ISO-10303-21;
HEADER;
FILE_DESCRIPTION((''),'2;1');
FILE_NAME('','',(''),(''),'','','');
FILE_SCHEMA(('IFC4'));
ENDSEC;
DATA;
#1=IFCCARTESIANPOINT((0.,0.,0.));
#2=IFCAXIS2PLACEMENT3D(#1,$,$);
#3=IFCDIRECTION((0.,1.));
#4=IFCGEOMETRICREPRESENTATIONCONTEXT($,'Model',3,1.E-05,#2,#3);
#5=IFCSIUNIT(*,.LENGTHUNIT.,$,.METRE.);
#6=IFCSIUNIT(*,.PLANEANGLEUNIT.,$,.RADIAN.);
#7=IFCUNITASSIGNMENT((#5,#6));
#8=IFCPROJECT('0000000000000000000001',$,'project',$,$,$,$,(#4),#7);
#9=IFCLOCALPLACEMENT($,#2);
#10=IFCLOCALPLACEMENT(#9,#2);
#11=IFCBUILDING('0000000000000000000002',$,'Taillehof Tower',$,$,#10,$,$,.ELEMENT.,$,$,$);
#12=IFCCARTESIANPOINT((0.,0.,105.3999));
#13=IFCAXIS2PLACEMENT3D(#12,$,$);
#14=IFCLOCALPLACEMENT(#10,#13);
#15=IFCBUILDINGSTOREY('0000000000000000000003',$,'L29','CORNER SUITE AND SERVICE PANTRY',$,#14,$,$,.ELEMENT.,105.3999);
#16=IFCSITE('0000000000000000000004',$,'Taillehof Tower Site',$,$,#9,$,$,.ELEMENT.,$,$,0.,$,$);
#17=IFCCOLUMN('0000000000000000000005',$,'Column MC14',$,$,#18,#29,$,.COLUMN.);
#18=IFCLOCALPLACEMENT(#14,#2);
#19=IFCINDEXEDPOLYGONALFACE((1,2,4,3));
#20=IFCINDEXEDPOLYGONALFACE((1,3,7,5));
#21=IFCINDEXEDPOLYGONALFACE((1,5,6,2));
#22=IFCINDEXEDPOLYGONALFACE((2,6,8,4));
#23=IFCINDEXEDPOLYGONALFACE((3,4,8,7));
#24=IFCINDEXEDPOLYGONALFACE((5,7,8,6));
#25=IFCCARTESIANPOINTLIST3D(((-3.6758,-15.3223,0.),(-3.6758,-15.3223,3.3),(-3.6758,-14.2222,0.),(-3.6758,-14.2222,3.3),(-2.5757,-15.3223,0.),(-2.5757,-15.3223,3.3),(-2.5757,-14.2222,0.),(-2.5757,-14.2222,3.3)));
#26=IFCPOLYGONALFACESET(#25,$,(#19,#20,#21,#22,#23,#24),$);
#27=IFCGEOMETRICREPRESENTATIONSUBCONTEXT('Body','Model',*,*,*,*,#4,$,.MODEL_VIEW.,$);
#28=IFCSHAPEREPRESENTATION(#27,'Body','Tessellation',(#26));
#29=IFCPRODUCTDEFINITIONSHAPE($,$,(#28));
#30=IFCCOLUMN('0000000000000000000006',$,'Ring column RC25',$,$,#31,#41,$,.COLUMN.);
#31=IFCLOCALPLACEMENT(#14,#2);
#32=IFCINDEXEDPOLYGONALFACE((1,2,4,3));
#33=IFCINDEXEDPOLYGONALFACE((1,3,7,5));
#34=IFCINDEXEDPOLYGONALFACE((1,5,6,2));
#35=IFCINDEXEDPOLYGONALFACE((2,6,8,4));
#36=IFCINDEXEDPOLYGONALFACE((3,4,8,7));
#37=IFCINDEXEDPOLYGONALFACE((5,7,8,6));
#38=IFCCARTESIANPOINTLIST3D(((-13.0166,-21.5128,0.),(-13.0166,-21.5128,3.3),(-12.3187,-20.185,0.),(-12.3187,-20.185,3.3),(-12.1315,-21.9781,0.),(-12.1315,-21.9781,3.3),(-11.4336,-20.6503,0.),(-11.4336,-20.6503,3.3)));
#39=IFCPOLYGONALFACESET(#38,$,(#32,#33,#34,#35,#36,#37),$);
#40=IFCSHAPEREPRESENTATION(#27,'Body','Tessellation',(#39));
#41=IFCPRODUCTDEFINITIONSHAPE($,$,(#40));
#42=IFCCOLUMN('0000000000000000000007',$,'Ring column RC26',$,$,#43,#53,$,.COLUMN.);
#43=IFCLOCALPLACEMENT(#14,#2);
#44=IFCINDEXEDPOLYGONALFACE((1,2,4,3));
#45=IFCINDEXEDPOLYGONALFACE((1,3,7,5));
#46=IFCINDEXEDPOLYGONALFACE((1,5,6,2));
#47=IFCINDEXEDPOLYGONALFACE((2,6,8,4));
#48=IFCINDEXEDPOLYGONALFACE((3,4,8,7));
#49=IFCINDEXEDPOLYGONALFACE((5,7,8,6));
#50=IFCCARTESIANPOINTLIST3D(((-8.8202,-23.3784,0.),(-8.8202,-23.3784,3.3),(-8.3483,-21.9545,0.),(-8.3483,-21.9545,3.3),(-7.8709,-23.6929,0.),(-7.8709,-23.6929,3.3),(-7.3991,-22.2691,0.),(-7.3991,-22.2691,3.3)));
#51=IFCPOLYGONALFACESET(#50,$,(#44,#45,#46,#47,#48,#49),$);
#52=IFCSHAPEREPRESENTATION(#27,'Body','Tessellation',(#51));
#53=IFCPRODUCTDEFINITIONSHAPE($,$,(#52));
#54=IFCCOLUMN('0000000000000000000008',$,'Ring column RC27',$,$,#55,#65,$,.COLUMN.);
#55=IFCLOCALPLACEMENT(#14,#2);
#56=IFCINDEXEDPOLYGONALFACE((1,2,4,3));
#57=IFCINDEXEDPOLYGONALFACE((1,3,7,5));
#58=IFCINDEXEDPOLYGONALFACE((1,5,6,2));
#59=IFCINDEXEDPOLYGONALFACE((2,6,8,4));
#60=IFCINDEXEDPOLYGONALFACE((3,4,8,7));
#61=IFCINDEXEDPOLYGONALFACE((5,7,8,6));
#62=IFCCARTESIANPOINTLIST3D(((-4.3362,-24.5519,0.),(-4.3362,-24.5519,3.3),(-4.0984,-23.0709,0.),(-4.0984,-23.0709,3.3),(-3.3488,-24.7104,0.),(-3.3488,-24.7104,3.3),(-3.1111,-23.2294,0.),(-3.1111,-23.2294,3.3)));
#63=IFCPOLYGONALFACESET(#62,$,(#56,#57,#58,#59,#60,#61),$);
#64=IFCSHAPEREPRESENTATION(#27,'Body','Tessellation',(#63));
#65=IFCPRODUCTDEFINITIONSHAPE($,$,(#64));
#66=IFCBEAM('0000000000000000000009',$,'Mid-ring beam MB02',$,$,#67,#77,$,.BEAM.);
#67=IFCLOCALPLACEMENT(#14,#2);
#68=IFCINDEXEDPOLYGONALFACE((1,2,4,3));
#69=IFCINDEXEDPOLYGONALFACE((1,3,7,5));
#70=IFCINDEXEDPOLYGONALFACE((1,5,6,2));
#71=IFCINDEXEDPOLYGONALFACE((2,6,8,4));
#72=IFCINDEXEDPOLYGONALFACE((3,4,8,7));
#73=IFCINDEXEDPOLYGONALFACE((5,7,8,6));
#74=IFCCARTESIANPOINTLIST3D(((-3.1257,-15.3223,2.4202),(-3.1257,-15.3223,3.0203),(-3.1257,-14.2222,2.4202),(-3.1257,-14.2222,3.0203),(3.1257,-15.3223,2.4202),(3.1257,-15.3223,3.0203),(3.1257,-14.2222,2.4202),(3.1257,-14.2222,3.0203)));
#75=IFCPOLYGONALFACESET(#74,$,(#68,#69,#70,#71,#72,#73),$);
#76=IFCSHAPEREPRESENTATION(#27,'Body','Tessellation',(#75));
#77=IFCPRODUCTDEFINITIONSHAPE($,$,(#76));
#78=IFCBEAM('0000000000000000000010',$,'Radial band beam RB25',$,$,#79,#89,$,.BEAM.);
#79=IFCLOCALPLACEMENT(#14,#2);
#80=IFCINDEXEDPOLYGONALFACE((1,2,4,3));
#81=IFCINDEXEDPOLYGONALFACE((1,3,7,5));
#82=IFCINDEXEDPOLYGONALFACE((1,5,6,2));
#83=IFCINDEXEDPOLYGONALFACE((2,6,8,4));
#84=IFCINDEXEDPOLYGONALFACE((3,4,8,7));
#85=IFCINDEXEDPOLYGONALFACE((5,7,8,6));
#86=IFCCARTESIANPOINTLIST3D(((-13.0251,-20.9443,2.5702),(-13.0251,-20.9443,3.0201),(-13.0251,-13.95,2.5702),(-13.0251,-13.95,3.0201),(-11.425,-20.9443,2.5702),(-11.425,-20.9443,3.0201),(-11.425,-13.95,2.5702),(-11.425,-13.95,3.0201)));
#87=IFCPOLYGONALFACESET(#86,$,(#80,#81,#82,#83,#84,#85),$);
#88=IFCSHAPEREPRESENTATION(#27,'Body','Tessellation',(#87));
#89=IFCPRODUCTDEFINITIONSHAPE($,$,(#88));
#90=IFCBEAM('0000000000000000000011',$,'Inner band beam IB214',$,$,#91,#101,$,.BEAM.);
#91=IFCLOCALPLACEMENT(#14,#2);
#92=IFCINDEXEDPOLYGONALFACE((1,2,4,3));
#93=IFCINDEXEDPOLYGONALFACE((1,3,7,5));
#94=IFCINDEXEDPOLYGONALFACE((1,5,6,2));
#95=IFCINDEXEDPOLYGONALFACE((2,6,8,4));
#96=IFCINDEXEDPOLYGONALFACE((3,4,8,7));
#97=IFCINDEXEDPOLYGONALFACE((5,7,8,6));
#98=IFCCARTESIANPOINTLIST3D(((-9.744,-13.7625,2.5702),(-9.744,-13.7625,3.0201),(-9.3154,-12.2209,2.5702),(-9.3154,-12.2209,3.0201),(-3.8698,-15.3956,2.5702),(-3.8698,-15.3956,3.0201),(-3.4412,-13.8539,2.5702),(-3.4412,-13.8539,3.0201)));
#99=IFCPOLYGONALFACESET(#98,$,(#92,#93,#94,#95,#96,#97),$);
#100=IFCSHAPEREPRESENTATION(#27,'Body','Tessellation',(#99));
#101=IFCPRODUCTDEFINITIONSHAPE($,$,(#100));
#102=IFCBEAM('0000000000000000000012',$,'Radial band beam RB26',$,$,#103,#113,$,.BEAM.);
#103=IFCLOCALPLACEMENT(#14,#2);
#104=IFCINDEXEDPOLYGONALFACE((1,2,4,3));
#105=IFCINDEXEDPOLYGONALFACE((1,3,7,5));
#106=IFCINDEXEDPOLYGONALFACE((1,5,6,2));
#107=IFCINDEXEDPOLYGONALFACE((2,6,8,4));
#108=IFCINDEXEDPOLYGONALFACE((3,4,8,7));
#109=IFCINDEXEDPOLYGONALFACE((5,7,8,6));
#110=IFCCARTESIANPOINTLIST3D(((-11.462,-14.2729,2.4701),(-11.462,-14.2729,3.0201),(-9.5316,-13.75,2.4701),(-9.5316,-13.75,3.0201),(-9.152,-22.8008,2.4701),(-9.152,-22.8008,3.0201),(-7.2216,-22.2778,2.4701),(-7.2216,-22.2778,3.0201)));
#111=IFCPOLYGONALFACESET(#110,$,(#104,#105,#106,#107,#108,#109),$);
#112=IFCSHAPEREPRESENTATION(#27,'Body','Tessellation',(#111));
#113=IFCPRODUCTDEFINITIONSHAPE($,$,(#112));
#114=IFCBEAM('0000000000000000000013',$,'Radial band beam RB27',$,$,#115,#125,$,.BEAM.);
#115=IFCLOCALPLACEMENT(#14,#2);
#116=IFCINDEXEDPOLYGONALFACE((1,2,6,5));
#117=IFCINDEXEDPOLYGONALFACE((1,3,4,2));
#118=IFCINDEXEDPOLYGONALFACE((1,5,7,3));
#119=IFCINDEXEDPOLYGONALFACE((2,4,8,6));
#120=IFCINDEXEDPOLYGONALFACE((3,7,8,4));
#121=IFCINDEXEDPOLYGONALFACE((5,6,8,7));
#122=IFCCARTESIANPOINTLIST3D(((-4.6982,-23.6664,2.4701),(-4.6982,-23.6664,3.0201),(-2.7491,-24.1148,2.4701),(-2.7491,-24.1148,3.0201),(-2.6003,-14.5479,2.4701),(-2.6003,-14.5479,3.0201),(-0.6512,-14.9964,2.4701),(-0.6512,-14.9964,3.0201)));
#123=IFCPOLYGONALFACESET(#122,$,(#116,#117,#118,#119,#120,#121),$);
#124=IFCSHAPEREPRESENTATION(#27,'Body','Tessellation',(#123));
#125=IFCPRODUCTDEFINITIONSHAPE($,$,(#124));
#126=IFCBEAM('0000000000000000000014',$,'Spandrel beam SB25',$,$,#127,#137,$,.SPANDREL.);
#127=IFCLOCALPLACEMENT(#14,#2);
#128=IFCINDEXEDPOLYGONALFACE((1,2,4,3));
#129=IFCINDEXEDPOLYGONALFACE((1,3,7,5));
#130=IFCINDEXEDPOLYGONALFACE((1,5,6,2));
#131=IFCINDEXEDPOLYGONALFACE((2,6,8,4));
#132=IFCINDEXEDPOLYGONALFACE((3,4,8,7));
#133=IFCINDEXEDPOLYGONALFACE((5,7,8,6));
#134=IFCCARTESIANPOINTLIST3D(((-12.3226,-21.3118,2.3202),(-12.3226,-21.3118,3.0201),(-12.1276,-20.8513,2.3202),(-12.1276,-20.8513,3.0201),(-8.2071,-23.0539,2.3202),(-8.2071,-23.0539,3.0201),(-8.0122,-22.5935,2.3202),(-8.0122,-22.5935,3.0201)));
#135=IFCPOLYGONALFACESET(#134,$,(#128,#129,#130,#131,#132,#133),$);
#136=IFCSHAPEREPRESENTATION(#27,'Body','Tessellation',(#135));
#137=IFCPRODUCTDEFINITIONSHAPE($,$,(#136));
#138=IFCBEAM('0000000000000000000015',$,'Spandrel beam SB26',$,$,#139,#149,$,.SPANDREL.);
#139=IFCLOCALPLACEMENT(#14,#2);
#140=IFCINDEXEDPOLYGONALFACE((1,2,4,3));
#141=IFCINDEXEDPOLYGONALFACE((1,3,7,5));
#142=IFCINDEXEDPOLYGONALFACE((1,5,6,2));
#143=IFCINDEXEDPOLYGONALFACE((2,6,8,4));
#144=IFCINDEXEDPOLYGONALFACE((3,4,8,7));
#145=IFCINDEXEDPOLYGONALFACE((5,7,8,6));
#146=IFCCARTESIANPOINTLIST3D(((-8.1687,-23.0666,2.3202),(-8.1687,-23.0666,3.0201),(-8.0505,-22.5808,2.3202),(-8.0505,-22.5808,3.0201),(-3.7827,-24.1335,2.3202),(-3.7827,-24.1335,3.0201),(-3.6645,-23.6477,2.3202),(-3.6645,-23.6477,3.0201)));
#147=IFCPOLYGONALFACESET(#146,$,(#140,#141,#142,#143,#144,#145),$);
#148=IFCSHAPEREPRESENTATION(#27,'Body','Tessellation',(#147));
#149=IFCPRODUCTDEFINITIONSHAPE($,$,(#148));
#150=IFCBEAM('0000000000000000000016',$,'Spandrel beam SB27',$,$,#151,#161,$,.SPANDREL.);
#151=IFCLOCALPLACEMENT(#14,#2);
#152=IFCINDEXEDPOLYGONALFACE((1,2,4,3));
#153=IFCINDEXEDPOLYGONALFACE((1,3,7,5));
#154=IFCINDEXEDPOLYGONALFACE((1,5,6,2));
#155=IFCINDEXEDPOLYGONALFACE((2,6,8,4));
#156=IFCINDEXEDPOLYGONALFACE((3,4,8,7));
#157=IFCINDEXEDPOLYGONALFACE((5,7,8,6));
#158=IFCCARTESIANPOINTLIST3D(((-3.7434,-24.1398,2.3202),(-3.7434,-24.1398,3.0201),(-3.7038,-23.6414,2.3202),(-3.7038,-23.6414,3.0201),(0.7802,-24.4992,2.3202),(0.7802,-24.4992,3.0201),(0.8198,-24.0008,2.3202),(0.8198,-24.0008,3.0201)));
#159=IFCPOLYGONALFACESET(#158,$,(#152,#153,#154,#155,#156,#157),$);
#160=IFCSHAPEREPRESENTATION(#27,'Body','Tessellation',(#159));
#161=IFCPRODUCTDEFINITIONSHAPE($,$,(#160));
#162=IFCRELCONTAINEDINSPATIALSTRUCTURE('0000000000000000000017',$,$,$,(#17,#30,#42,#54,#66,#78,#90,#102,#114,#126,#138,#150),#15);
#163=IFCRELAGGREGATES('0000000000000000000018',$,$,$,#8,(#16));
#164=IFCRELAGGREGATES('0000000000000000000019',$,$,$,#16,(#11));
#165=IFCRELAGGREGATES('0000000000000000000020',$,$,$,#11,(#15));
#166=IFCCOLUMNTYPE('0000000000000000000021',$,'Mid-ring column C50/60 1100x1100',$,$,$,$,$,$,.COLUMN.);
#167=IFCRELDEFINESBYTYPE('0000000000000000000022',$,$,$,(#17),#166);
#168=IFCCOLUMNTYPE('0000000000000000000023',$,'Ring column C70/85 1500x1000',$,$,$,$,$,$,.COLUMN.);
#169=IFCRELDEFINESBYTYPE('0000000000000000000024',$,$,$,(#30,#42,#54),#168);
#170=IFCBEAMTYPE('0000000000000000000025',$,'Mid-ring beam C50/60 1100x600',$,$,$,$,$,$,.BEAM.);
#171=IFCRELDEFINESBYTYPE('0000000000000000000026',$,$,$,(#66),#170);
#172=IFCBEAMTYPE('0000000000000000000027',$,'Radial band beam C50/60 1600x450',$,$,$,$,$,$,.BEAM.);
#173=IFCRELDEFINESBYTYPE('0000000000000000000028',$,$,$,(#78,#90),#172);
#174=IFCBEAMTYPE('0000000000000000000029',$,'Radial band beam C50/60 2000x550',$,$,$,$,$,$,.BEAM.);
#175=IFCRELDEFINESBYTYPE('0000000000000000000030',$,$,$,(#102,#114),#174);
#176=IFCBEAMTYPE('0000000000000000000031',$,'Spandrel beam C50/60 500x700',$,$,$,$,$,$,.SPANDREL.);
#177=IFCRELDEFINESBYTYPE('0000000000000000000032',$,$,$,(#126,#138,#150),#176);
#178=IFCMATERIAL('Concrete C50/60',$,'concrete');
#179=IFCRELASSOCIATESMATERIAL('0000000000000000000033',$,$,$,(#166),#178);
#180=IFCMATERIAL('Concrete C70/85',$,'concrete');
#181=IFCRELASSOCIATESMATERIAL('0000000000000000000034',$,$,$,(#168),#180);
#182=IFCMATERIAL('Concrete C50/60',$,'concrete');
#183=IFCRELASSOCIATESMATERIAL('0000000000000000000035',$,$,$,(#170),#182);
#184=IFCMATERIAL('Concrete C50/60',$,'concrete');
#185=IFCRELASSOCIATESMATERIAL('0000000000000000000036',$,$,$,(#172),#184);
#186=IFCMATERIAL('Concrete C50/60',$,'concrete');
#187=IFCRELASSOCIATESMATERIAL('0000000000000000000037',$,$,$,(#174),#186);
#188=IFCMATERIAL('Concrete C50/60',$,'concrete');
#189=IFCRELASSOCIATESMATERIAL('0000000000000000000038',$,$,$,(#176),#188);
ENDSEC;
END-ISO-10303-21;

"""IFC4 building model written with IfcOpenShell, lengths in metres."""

from ifc_helpers import new_model, si_unit, direction, frame, origin, origin_2d, place, context, subcontext, project, spatial, rectangle, extrude, material, material_profile, profile_set, type_object, element, save


model = new_model("IFC4")

# Units and contexts
model_context = context("Model", 3, precision=1e-05, world=origin(), true_north=direction((0.0, 1.0)))
body_context = subcontext(model_context, "Body", "Model", "MODEL_VIEW")
ifc_project = project(units=[si_unit("LENGTHUNIT", "METRE"), si_unit("PLANEANGLEUNIT", "RADIAN")], contexts=[model_context])

# Site, building, storey
site_placement = place(None, origin())
site = spatial("IfcSite", under=ifc_project, at=site_placement, Name="Taillehof Tower Site", CompositionType="ELEMENT", RefElevation=0.0)
building_placement = place(site_placement, origin())
building = spatial("IfcBuilding", under=site, at=building_placement, Name="Taillehof Tower", CompositionType="ELEMENT")
storey_placement = place(building_placement, frame((0.0, 0.0, 105.3999)))
storey = spatial("IfcBuildingStorey", under=building, at=storey_placement, Name="L29", Description="CORNER SUITE AND SERVICE PANTRY", CompositionType="ELEMENT", Elevation=105.3999)

# Columns
ifc_material_1 = material(Name="Concrete C50/60", Category="concrete")
ifc_material_profile_1 = material_profile(ifc_material_1, rectangle(XDim=1.1001, YDim=1.1001, at=origin_2d()), Name="RC 1100x1100")
ifc_profile_set_1 = profile_set([ifc_material_profile_1], Name="Concrete C50/60")
column_type_1 = type_object("IfcColumnType", Name="Mid-ring column C50/60 1100x1100", PredefinedType="COLUMN", material=ifc_profile_set_1)
column_placement = place(storey_placement, frame((-3.1257, -14.7722, 0.0), z_axis=(0.0, 0.0, 1.0), x_axis=(1.0, 0.0, 0.0)))
element("IfcColumn", 1, at=column_placement, inside=storey, type_object=column_type_1, Name="Column MC14", PredefinedType="COLUMN", context=body_context, shape_type="SweptSolid", body=[
    extrude(rectangle(XDim=1.1001, YDim=1.1001, at=origin_2d()), origin(), (0.0, 0.0, 1.0), 3.3),
])
ifc_material_2 = material(Name="Concrete C70/85", Category="concrete")
ifc_material_profile_2 = material_profile(ifc_material_2, rectangle(XDim=1.5, YDim=1.0, at=origin_2d()), Name="RC 1500x1000")
ifc_profile_set_2 = profile_set([ifc_material_profile_2], Name="Concrete C70/85")
column_type_2 = type_object("IfcColumnType", Name="Ring column C70/85 1500x1000", PredefinedType="COLUMN", material=ifc_profile_set_2)
for number, where, z_axis, x_axis, name in (
    (2, (-12.2251, -21.0815, 0.0), (0.0, 0.0, 1.0), (-0.465283, -0.885162, 0.0), "Ring column RC25"),
    (3, (-8.1096, -22.8237, 0.0), (0.0, 0.0, 1.0), (-0.314555, -0.949239, 0.0), "Ring column RC26"),
    (4, (-3.7236, -23.8906, 0.0), (0.0, 0.0, 1.0), (-0.158507, -0.987358, 0.0), "Ring column RC27"),
):
    element("IfcColumn", number, at=place(storey_placement, frame(where, z_axis=z_axis, x_axis=x_axis)), inside=storey, type_object=column_type_2, Name=name, PredefinedType="COLUMN", context=body_context, shape_type="SweptSolid", body=[
        extrude(rectangle(XDim=1.5, YDim=1.0, at=origin_2d()), origin(), (0.0, 0.0, 1.0), 3.3),
    ])

# Beams
ifc_material_3 = material(Name="Concrete C50/60", Category="concrete")
ifc_material_profile_3 = material_profile(ifc_material_3, rectangle(XDim=1.1001, YDim=0.6001, at=origin_2d()), Name="RC 1100x600")
ifc_profile_set_3 = profile_set([ifc_material_profile_3], Name="Concrete C50/60")
beam_type_1 = type_object("IfcBeamType", Name="Mid-ring beam C50/60 1100x600", PredefinedType="BEAM", material=ifc_profile_set_3)
beam_1_placement = place(storey_placement, frame((-3.1257, -14.7722, 2.7202), z_axis=(1.0, 0.0, 0.0), x_axis=(0.0, 1.0, 0.0)))
element("IfcBeam", 5, at=beam_1_placement, inside=storey, type_object=beam_type_1, Name="Mid-ring beam MB02", PredefinedType="BEAM", context=body_context, shape_type="SweptSolid", body=[
    extrude(rectangle(XDim=1.1001, YDim=0.6001, at=origin_2d()), origin(), (0.0, 0.0, 1.0), 6.2515),
])
ifc_material_4 = material(Name="Concrete C50/60", Category="concrete")
ifc_material_profile_4 = material_profile(ifc_material_4, rectangle(XDim=1.6001, YDim=0.45, at=origin_2d()), Name="RC 1600x450")
ifc_profile_set_4 = profile_set([ifc_material_profile_4], Name="Concrete C50/60")
beam_type_2 = type_object("IfcBeamType", Name="Radial band beam C50/60 1600x450", PredefinedType="BEAM", material=ifc_profile_set_4)
beam_2_placement = place(storey_placement, frame((-12.2251, -20.9443, 2.7952), z_axis=(0.0, 1.0, 0.0), x_axis=(-1.0, 0.0, 0.0)))
element("IfcBeam", 6, at=beam_2_placement, inside=storey, type_object=beam_type_2, Name="Radial band beam RB25", PredefinedType="BEAM", context=body_context, shape_type="SweptSolid", body=[
    extrude(rectangle(XDim=1.6001, YDim=0.45, at=origin_2d()), origin(), (0.0, 0.0, 1.0), 6.9944),
])
beam_3_placement = place(storey_placement, frame((-3.6555, -14.6248, 2.7952), z_axis=(-0.963459, 0.267855, 0.0), x_axis=(-0.267855, -0.963459, 0.0)))
element("IfcBeam", 7, at=beam_3_placement, inside=storey, type_object=beam_type_2, Name="Inner band beam IB214", PredefinedType="BEAM", context=body_context, shape_type="SweptSolid", body=[
    extrude(rectangle(XDim=1.6001, YDim=0.45, at=origin_2d()), origin(), (0.0, 0.0, 1.0), 6.0969),
])
ifc_material_5 = material(Name="Concrete C50/60", Category="concrete")
ifc_material_profile_5 = material_profile(ifc_material_5, rectangle(XDim=2.0, YDim=0.55, at=origin_2d()), Name="RC 2000x550")
ifc_profile_set_5 = profile_set([ifc_material_profile_5], Name="Concrete C50/60")
beam_type_3 = type_object("IfcBeamType", Name="Radial band beam C50/60 2000x550", PredefinedType="BEAM", material=ifc_profile_set_5)
beam_4_placement = place(storey_placement, frame((-8.1868, -22.5393, 2.7451), z_axis=(-0.261462, 0.965214, 0.0), x_axis=(-0.965214, -0.261462, 0.0)))
element("IfcBeam", 8, at=beam_4_placement, inside=storey, type_object=beam_type_3, Name="Radial band beam RB26", PredefinedType="BEAM", context=body_context, shape_type="SweptSolid", body=[
    extrude(rectangle(XDim=2.0, YDim=0.55, at=origin_2d()), origin(), (0.0, 0.0, 1.0), 8.8352),
])
beam_5_placement = place(storey_placement, frame((-3.7236, -23.8906, 2.7451), z_axis=(0.224215, 0.97454, 0.0), x_axis=(-0.97454, 0.224215, 0.0)))
element("IfcBeam", 9, at=beam_5_placement, inside=storey, type_object=beam_type_3, Name="Radial band beam RB27", PredefinedType="BEAM", context=body_context, shape_type="SweptSolid", body=[
    extrude(rectangle(XDim=2.0, YDim=0.55, at=origin_2d()), origin(), (0.0, 0.0, 1.0), 9.3567),
])
ifc_material_6 = material(Name="Concrete C50/60", Category="concrete")
ifc_material_profile_6 = material_profile(ifc_material_6, rectangle(XDim=0.5, YDim=0.7, at=origin_2d()), Name="RC 500x700")
ifc_profile_set_6 = profile_set([ifc_material_profile_6], Name="Concrete C50/60")
beam_type_4 = type_object("IfcBeamType", Name="Spandrel beam C50/60 500x700", PredefinedType="SPANDREL", material=ifc_profile_set_6)
beam_6_placement = place(storey_placement, frame((-12.2251, -21.0815, 2.6702), z_axis=(0.920885, -0.389834, 0.0), x_axis=(0.389834, 0.920885, 0.0)))
element("IfcBeam", 10, at=beam_6_placement, inside=storey, type_object=beam_type_4, Name="Spandrel beam SB25", PredefinedType="SPANDREL", context=body_context, shape_type="SweptSolid", body=[
    extrude(rectangle(XDim=0.5, YDim=0.7, at=origin_2d()), origin(), (0.0, 0.0, 1.0), 4.469),
])
beam_7_placement = place(storey_placement, frame((-8.1096, -22.8237, 2.6702), z_axis=(0.971666, -0.236358, 0.0), x_axis=(0.236358, 0.971666, 0.0)))
element("IfcBeam", 11, at=beam_7_placement, inside=storey, type_object=beam_type_4, Name="Spandrel beam SB26", PredefinedType="SPANDREL", context=body_context, shape_type="SweptSolid", body=[
    extrude(rectangle(XDim=0.5, YDim=0.7, at=origin_2d()), origin(), (0.0, 0.0, 1.0), 4.5139),
])
beam_8_placement = place(storey_placement, frame((-3.7236, -23.8906, 2.6702), z_axis=(0.996859, -0.079194, 0.0), x_axis=(0.079194, 0.996859, 0.0)))
element("IfcBeam", 12, at=beam_8_placement, inside=storey, type_object=beam_type_4, Name="Spandrel beam SB27", PredefinedType="SPANDREL", context=body_context, shape_type="SweptSolid", body=[
    extrude(rectangle(XDim=0.5, YDim=0.7, at=origin_2d()), origin(), (0.0, 0.0, 1.0), 4.5378),
])

save(model, "model.ifc")
